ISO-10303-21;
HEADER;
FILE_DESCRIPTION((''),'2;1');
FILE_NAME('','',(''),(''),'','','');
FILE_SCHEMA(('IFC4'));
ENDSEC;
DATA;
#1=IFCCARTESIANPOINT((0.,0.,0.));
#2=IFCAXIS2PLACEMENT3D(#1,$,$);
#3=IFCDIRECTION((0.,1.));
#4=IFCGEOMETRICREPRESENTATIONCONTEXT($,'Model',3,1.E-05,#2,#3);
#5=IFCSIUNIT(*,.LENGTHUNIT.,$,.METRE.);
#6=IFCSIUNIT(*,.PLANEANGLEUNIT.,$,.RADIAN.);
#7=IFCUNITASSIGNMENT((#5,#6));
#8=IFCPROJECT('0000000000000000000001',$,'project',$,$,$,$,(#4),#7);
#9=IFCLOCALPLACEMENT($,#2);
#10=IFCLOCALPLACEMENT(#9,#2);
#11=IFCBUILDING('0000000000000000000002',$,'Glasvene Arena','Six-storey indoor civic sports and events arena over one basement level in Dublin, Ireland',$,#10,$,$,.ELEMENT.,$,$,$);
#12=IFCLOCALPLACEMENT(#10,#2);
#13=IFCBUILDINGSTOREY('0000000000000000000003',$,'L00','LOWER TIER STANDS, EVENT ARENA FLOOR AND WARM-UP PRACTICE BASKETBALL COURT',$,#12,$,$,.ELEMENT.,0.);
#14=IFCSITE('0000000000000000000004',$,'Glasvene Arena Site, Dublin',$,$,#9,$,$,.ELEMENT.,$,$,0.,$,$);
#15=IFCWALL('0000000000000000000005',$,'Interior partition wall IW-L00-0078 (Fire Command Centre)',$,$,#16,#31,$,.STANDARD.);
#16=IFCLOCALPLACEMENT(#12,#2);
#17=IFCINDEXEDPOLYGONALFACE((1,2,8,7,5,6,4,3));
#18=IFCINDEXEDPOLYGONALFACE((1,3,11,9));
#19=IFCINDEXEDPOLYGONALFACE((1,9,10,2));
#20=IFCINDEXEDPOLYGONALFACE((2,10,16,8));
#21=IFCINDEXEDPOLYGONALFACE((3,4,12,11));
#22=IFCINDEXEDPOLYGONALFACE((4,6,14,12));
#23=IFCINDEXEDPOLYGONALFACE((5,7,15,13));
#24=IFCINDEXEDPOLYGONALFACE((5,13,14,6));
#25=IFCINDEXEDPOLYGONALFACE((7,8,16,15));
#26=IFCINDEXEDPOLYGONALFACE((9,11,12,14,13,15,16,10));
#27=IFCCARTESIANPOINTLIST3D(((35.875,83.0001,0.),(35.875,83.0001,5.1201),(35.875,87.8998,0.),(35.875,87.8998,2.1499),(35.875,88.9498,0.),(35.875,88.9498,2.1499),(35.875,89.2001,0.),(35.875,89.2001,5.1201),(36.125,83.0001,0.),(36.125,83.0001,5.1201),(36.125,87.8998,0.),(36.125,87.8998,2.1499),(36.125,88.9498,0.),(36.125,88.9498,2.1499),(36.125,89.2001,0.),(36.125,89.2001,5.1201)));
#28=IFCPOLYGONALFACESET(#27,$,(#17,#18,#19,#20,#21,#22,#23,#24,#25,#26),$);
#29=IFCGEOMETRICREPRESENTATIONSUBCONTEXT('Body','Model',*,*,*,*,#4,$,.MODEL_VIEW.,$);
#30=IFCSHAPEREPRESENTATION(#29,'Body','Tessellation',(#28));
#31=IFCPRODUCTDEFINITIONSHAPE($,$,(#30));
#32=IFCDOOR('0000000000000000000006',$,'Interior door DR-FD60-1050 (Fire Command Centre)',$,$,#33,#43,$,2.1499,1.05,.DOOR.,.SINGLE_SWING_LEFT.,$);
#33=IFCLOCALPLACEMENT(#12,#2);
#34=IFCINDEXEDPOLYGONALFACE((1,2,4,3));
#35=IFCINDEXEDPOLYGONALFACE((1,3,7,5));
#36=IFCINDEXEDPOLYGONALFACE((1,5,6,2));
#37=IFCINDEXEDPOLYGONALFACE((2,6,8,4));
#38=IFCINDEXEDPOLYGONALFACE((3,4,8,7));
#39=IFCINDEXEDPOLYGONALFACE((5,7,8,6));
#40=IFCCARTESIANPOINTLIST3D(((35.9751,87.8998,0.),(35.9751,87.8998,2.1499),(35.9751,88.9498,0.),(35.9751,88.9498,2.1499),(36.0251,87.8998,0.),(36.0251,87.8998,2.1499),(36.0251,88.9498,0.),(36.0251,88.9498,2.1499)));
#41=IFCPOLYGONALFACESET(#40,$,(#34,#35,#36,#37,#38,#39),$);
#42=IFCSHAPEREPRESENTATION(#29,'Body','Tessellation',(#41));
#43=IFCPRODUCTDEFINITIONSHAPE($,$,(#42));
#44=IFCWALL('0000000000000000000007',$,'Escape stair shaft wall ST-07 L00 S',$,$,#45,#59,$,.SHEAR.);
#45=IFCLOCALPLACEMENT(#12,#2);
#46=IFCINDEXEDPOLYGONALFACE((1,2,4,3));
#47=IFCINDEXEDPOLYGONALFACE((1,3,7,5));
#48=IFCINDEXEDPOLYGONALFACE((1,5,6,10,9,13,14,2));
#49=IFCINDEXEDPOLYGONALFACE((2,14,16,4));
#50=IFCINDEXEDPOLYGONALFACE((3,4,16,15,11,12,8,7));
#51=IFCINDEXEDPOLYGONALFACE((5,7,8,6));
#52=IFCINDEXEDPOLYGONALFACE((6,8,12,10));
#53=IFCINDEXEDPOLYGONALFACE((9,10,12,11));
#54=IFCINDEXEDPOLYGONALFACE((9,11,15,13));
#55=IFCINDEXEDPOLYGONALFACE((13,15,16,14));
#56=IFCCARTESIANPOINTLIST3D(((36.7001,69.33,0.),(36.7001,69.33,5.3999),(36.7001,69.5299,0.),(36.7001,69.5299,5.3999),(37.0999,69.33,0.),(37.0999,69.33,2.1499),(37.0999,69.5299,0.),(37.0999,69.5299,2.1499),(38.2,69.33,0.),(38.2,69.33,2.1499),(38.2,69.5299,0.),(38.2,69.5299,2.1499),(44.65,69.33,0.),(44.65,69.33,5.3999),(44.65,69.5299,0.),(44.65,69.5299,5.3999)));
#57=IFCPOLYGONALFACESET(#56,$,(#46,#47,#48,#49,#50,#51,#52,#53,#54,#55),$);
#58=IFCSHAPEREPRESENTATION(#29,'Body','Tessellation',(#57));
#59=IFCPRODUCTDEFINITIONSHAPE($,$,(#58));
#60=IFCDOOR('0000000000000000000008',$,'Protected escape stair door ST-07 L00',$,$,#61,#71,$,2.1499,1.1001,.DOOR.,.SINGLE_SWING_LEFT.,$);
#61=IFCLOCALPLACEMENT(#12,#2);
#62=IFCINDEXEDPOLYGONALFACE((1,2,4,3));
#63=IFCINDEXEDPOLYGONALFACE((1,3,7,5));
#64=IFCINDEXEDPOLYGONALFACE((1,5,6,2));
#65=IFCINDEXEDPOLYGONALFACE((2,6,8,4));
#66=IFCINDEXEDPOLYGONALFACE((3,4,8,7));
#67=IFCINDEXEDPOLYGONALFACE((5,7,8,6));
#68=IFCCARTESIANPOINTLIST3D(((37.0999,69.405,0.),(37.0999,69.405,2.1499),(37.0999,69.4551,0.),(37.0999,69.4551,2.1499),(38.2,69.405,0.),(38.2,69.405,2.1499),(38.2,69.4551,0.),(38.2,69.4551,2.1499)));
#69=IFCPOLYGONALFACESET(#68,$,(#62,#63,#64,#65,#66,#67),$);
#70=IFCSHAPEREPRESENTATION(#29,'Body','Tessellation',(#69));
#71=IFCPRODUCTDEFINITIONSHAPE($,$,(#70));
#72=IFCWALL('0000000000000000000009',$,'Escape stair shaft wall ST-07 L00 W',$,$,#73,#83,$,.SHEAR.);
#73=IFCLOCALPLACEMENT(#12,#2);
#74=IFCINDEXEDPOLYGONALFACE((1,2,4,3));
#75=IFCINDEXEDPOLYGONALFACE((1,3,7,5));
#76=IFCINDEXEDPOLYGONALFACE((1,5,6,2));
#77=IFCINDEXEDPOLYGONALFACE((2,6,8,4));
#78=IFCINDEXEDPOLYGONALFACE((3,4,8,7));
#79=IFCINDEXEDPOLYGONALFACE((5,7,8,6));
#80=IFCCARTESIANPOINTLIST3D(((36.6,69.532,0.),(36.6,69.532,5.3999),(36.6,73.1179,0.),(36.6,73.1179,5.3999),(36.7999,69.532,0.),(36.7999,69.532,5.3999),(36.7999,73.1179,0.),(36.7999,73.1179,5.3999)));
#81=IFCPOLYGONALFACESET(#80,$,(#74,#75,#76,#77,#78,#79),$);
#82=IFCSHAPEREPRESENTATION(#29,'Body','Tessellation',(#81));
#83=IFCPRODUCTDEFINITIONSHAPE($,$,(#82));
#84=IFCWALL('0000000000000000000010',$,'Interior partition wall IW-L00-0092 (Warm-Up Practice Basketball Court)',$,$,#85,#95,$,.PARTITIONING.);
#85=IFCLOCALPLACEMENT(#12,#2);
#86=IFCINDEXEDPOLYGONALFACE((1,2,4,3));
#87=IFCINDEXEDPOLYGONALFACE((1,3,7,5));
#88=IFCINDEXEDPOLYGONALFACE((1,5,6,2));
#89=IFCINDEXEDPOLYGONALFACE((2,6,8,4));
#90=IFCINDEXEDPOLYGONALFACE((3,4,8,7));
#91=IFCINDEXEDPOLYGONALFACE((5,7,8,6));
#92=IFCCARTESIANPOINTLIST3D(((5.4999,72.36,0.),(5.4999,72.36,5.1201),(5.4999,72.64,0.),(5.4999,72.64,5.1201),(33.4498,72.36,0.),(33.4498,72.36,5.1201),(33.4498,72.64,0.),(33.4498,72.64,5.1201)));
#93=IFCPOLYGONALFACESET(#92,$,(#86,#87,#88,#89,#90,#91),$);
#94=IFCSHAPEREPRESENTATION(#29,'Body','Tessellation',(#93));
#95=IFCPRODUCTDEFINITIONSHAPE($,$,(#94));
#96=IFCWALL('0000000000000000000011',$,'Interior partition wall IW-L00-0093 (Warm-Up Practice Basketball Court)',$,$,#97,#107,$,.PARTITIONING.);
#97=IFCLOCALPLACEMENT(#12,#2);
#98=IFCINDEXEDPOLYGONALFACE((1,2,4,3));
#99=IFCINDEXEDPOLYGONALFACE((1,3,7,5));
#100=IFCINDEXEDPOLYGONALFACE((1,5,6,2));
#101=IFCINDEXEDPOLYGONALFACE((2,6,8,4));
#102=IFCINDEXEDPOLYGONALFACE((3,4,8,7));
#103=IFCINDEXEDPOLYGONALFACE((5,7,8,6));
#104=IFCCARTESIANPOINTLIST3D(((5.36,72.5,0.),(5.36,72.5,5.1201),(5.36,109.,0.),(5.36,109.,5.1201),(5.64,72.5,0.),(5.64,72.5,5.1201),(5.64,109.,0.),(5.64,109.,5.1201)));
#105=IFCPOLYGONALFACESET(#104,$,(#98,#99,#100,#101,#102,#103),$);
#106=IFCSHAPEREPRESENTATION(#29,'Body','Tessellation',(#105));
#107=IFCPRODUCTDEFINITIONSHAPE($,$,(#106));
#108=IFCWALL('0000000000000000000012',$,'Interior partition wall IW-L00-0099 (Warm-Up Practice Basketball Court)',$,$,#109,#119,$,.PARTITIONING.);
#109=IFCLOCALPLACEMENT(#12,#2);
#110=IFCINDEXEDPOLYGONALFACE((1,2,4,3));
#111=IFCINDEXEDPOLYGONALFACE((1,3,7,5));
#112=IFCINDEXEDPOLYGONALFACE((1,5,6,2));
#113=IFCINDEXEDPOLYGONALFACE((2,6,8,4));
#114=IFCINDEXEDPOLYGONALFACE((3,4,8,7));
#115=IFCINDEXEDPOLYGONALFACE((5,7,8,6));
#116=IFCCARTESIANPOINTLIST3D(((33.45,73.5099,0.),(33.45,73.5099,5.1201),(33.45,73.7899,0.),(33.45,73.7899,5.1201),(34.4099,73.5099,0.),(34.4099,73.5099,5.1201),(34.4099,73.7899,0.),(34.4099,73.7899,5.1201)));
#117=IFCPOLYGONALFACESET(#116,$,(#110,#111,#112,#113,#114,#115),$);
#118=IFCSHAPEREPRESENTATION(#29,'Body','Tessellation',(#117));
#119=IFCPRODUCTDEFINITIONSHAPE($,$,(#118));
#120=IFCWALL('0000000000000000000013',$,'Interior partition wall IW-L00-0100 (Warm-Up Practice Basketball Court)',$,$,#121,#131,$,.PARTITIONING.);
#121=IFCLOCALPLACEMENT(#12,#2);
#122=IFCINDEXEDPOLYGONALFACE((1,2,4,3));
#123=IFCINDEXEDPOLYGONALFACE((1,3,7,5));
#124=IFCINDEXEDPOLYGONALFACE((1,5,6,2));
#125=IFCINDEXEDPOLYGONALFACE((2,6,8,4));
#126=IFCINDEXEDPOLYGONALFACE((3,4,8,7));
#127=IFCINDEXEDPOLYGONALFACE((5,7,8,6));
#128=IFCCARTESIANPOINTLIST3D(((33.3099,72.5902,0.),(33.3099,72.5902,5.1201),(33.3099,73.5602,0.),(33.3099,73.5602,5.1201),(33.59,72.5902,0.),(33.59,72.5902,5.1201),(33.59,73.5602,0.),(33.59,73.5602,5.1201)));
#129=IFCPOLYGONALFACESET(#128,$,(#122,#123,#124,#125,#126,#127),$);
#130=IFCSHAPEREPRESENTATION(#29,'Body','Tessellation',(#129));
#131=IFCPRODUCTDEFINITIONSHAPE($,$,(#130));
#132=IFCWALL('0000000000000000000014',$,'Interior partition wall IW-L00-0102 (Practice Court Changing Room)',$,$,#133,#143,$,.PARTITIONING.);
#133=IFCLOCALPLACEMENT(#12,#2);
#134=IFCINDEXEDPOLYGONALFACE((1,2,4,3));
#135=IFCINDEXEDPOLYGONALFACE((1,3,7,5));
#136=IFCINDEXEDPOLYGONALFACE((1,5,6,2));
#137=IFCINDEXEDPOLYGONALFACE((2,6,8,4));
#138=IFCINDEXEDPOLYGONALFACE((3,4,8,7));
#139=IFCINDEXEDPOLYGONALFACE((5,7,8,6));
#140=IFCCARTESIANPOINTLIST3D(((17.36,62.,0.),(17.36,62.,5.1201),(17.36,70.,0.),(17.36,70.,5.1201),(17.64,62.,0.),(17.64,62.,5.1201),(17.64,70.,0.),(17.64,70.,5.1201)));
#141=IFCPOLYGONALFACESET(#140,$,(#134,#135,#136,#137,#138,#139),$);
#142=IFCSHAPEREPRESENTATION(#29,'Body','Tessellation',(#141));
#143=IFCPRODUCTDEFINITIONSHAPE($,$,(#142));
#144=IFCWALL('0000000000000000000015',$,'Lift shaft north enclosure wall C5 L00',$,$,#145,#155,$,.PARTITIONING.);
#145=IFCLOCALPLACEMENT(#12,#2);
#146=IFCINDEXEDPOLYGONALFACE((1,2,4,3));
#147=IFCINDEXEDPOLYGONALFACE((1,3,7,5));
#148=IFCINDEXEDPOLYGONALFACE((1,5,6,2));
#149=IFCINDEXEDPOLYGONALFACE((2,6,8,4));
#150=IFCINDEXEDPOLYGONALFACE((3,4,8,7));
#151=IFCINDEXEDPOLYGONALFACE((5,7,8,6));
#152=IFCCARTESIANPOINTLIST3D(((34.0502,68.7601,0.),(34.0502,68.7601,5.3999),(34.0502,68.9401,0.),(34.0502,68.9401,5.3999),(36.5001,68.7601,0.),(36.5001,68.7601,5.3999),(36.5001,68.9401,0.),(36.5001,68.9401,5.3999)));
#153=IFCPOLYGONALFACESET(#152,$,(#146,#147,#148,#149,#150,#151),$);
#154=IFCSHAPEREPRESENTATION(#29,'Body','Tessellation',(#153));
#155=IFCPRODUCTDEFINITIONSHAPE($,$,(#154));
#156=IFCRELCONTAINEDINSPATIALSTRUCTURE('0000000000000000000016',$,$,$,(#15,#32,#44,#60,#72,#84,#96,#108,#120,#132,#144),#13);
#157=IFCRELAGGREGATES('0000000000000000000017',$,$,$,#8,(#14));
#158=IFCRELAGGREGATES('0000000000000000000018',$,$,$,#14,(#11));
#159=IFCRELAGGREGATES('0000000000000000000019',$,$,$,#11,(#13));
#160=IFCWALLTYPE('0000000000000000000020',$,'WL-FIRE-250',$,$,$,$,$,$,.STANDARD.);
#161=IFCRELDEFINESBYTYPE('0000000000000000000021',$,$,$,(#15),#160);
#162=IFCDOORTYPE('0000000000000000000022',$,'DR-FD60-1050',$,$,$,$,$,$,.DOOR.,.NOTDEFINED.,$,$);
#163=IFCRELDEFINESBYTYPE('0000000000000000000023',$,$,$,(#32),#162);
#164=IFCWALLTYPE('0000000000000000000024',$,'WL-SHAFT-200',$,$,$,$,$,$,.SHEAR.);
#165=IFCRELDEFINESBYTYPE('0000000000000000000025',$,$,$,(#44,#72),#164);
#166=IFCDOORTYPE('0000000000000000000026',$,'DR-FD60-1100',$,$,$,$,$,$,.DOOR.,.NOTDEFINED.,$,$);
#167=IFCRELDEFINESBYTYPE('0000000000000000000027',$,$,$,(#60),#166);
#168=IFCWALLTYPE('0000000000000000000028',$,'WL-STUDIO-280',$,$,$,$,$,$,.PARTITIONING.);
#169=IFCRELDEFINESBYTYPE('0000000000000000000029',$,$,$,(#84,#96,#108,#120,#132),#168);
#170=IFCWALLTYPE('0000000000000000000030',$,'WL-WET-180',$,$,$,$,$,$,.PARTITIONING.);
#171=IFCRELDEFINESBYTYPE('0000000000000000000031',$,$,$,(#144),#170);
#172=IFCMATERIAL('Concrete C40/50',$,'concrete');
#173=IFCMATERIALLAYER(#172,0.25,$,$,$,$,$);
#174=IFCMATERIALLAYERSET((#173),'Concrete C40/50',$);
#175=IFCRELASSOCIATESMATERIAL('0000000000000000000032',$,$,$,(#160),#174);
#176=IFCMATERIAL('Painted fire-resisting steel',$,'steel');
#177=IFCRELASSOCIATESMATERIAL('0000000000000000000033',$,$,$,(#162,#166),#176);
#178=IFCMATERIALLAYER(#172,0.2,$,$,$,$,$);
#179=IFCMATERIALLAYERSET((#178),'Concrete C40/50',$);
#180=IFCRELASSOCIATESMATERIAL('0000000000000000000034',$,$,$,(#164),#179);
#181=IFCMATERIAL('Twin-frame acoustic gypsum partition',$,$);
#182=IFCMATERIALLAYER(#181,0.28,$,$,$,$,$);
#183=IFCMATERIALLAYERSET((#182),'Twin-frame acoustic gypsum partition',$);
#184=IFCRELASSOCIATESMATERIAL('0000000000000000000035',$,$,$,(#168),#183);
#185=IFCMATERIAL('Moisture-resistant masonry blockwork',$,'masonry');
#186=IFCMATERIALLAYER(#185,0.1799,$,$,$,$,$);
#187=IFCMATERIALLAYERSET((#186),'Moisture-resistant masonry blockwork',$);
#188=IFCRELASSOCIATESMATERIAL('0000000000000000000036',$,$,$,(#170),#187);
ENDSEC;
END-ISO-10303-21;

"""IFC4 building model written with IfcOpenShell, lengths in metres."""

from ifc_helpers import new_model, si_unit, direction, frame, frame_2d, origin, place, context, subcontext, project, spatial, rectangle, extrude, material, layer, layer_set, type_object, element, fill, save


model = new_model("IFC4")

# Units and contexts
model_context = context("Model", 3, precision=1e-05, world=origin(), true_north=direction((0.0, 1.0)))
body_context = subcontext(model_context, "Body", "Model", "MODEL_VIEW")
ifc_project = project(units=[si_unit("LENGTHUNIT", "METRE"), si_unit("PLANEANGLEUNIT", "RADIAN")], contexts=[model_context])

# Site, building, storey
site_placement = place(None, origin())
site = spatial("IfcSite", under=ifc_project, at=site_placement, Name="Glasvene Arena Site, Dublin", CompositionType="ELEMENT", RefElevation=0.0)
building_placement = place(site_placement, origin())
building = spatial("IfcBuilding", under=site, at=building_placement, Name="Glasvene Arena", Description="Six-storey indoor civic sports and events arena over one basement level in Dublin, Ireland", CompositionType="ELEMENT")
storey_placement = place(building_placement, origin())
storey = spatial("IfcBuildingStorey", under=building, at=storey_placement, Name="L00", Description="LOWER TIER STANDS, EVENT ARENA FLOOR AND WARM-UP PRACTICE BASKETBALL COURT", CompositionType="ELEMENT", Elevation=0.0)

# Shared definitions
ifc_material_1 = material(Name="Concrete C40/50", Category="concrete")

# Shared definitions
ifc_layer_1 = layer(ifc_material_1, 0.25)
ifc_layer_set_1 = layer_set([ifc_layer_1], Name="Concrete C40/50")
wall_type_1 = type_object("IfcWallType", Name="WL-FIRE-250", PredefinedType="STANDARD", material=ifc_layer_set_1)

# Walls, openings, doors
wall_1_placement = place(storey_placement, frame((36.0, 83.0, 0.0), z_axis=(0.0, 0.0, 1.0), x_axis=(0.0, 1.0, 0.0)))
wall_1 = element("IfcWall", 1, at=wall_1_placement, inside=storey, type_object=wall_type_1, Name="Interior partition wall IW-L00-0078 (Fire Command Centre)", PredefinedType="STANDARD", context=body_context, shape_type="SweptSolid", body=[
    extrude(rectangle(XDim=6.2, YDim=0.25, at=frame_2d((3.1001, 0.0))), origin(), (0.0, 0.0, 1.0), 5.1201),
])
opening_1_placement = place(wall_1_placement, frame((4.8999, 0.0, 0.0)))
opening_1 = element("IfcOpeningElement", 2, at=opening_1_placement, cuts=wall_1, PredefinedType="OPENING", context=body_context, shape_type="SweptSolid", body=[
    extrude(rectangle(XDim=1.05, YDim=2.1499, at=frame_2d((0.5249, 1.075))), frame((0.0, 0.135, 0.0), z_axis=(0.0, -1.0, 0.0), x_axis=(1.0, 0.0, 0.0)), (0.0, 0.0, 1.0), 0.27),
])
ifc_material_2 = material(Name="Painted fire-resisting steel", Category="steel")
door_type_1 = type_object("IfcDoorType", Name="DR-FD60-1050", OperationType="NOTDEFINED", PredefinedType="DOOR", material=ifc_material_2)
door_1_placement = place(opening_1_placement, origin())
door_1 = element("IfcDoor", 3, at=door_1_placement, inside=storey, type_object=door_type_1, Name="Interior door DR-FD60-1050 (Fire Command Centre)", OperationType="SINGLE_SWING_LEFT", OverallHeight=2.1499, OverallWidth=1.05, PredefinedType="DOOR", context=body_context, shape_type="SweptSolid", body=[
    extrude(rectangle(XDim=1.05, YDim=2.1499, at=frame_2d((0.5249, 1.075))), frame((0.0, 0.0249, 0.0), z_axis=(0.0, -1.0, 0.0), x_axis=(1.0, 0.0, 0.0)), (0.0, 0.0, 1.0), 0.05),
])
fill(opening_1, door_1)
ifc_layer_2 = layer(ifc_material_1, 0.2)
ifc_layer_set_2 = layer_set([ifc_layer_2], Name="Concrete C40/50")
wall_type_2 = type_object("IfcWallType", Name="WL-SHAFT-200", PredefinedType="SHEAR", material=ifc_layer_set_2)
wall_2_placement = place(storey_placement, frame((36.7, 69.4299, 0.0), z_axis=(0.0, 0.0, 1.0), x_axis=(1.0, 0.0, 0.0)))
wall_2 = element("IfcWall", 4, at=wall_2_placement, inside=storey, type_object=wall_type_2, Name="Escape stair shaft wall ST-07 L00 S", PredefinedType="SHEAR", context=body_context, shape_type="SweptSolid", body=[
    extrude(rectangle(XDim=7.95, YDim=0.2, at=frame_2d((3.9751, 0.0))), origin(), (0.0, 0.0, 1.0), 5.3999),
])
opening_2_placement = place(wall_2_placement, frame((0.3999, 0.0, 0.0)))
opening_2 = element("IfcOpeningElement", 5, at=opening_2_placement, cuts=wall_2, PredefinedType="OPENING", context=body_context, shape_type="SweptSolid", body=[
    extrude(rectangle(XDim=1.1001, YDim=2.1499, at=frame_2d((0.55, 1.075))), frame((0.0, 0.1099, 0.0), z_axis=(0.0, -1.0, 0.0), x_axis=(1.0, 0.0, 0.0)), (0.0, 0.0, 1.0), 0.22),
])
door_type_2 = type_object("IfcDoorType", Name="DR-FD60-1100", OperationType="NOTDEFINED", PredefinedType="DOOR", material=ifc_material_2)
door_2_placement = place(opening_2_placement, frame((1.1001, 0.0, 0.0), z_axis=(0.0, 0.0, 1.0), x_axis=(-1.0, 0.0, 0.0)))
door_2 = element("IfcDoor", 6, at=door_2_placement, inside=storey, type_object=door_type_2, Name="Protected escape stair door ST-07 L00", OperationType="SINGLE_SWING_LEFT", OverallHeight=2.1499, OverallWidth=1.1001, PredefinedType="DOOR", context=body_context, shape_type="SweptSolid", body=[
    extrude(rectangle(XDim=1.1001, YDim=2.1499, at=frame_2d((0.55, 1.075))), frame((0.0, 0.0249, 0.0), z_axis=(0.0, -1.0, 0.0), x_axis=(1.0, 0.0, 0.0)), (0.0, 0.0, 1.0), 0.05),
])
fill(opening_2, door_2)

# Walls
wall_3_placement = place(storey_placement, frame((36.7, 69.532, 0.0), z_axis=(0.0, 0.0, 1.0), x_axis=(0.0, 1.0, 0.0)))
element("IfcWall", 7, at=wall_3_placement, inside=storey, type_object=wall_type_2, Name="Escape stair shaft wall ST-07 L00 W", PredefinedType="SHEAR", context=body_context, shape_type="SweptSolid", body=[
    extrude(rectangle(XDim=3.5859, YDim=0.2, at=frame_2d((1.793, 0.0))), origin(), (0.0, 0.0, 1.0), 5.3999),
])
ifc_material_3 = material(Name="Twin-frame acoustic gypsum partition")
ifc_layer_3 = layer(ifc_material_3, 0.28)
ifc_layer_set_3 = layer_set([ifc_layer_3], Name="Twin-frame acoustic gypsum partition")
wall_type_3 = type_object("IfcWallType", Name="WL-STUDIO-280", PredefinedType="PARTITIONING", material=ifc_layer_set_3)
wall_4_placement = place(storey_placement, frame((33.45, 72.5, 0.0), z_axis=(0.0, 0.0, 1.0), x_axis=(-1.0, 0.0, 0.0)))
element("IfcWall", 8, at=wall_4_placement, inside=storey, type_object=wall_type_3, Name="Interior partition wall IW-L00-0092 (Warm-Up Practice Basketball Court)", PredefinedType="PARTITIONING", context=body_context, shape_type="SweptSolid", body=[
    extrude(rectangle(XDim=27.95, YDim=0.28, at=frame_2d((13.9751, 0.0))), origin(), (0.0, 0.0, 1.0), 5.1201),
])
wall_5_placement = place(storey_placement, frame((5.5, 72.5, 0.0), z_axis=(0.0, 0.0, 1.0), x_axis=(0.0, 1.0, 0.0)))
element("IfcWall", 9, at=wall_5_placement, inside=storey, type_object=wall_type_3, Name="Interior partition wall IW-L00-0093 (Warm-Up Practice Basketball Court)", PredefinedType="PARTITIONING", context=body_context, shape_type="SweptSolid", body=[
    extrude(rectangle(XDim=36.5, YDim=0.28, at=frame_2d((18.25, 0.0))), origin(), (0.0, 0.0, 1.0), 5.1201),
])
wall_6_placement = place(storey_placement, frame((34.4099, 73.6499, 0.0), z_axis=(0.0, 0.0, 1.0), x_axis=(-1.0, 0.0, 0.0)))
element("IfcWall", 10, at=wall_6_placement, inside=storey, type_object=wall_type_3, Name="Interior partition wall IW-L00-0099 (Warm-Up Practice Basketball Court)", PredefinedType="PARTITIONING", context=body_context, shape_type="SweptSolid", body=[
    extrude(rectangle(XDim=0.96, YDim=0.28, at=frame_2d((0.48, 0.0))), origin(), (0.0, 0.0, 1.0), 5.1201),
])
wall_7_placement = place(storey_placement, frame((33.45, 73.5601, 0.0), z_axis=(0.0, 0.0, 1.0), x_axis=(0.0, -1.0, 0.0)))
element("IfcWall", 11, at=wall_7_placement, inside=storey, type_object=wall_type_3, Name="Interior partition wall IW-L00-0100 (Warm-Up Practice Basketball Court)", PredefinedType="PARTITIONING", context=body_context, shape_type="SweptSolid", body=[
    extrude(rectangle(XDim=0.97, YDim=0.28, at=frame_2d((0.4849, 0.0))), origin(), (0.0, 0.0, 1.0), 5.1201),
])
wall_8_placement = place(storey_placement, frame((17.5, 70.0, 0.0), z_axis=(0.0, 0.0, 1.0), x_axis=(0.0, -1.0, 0.0)))
element("IfcWall", 12, at=wall_8_placement, inside=storey, type_object=wall_type_3, Name="Interior partition wall IW-L00-0102 (Practice Court Changing Room)", PredefinedType="PARTITIONING", context=body_context, shape_type="SweptSolid", body=[
    extrude(rectangle(XDim=8.0, YDim=0.28, at=frame_2d((4.0, 0.0))), origin(), (0.0, 0.0, 1.0), 5.1201),
])
ifc_material_4 = material(Name="Moisture-resistant masonry blockwork", Category="masonry")
ifc_layer_4 = layer(ifc_material_4, 0.1799)
ifc_layer_set_4 = layer_set([ifc_layer_4], Name="Moisture-resistant masonry blockwork")
wall_type_4 = type_object("IfcWallType", Name="WL-WET-180", PredefinedType="PARTITIONING", material=ifc_layer_set_4)
wall_9_placement = place(storey_placement, frame((34.05, 68.8501, 0.0), z_axis=(0.0, 0.0, 1.0), x_axis=(1.0, 0.0, 0.0)))
element("IfcWall", 13, at=wall_9_placement, inside=storey, type_object=wall_type_4, Name="Lift shaft north enclosure wall C5 L00", PredefinedType="PARTITIONING", context=body_context, shape_type="SweptSolid", body=[
    extrude(rectangle(XDim=2.45, YDim=0.1799, at=frame_2d((1.2251, 0.0))), origin(), (0.0, 0.0, 1.0), 5.3999),
])

save(model, "model.ifc")
